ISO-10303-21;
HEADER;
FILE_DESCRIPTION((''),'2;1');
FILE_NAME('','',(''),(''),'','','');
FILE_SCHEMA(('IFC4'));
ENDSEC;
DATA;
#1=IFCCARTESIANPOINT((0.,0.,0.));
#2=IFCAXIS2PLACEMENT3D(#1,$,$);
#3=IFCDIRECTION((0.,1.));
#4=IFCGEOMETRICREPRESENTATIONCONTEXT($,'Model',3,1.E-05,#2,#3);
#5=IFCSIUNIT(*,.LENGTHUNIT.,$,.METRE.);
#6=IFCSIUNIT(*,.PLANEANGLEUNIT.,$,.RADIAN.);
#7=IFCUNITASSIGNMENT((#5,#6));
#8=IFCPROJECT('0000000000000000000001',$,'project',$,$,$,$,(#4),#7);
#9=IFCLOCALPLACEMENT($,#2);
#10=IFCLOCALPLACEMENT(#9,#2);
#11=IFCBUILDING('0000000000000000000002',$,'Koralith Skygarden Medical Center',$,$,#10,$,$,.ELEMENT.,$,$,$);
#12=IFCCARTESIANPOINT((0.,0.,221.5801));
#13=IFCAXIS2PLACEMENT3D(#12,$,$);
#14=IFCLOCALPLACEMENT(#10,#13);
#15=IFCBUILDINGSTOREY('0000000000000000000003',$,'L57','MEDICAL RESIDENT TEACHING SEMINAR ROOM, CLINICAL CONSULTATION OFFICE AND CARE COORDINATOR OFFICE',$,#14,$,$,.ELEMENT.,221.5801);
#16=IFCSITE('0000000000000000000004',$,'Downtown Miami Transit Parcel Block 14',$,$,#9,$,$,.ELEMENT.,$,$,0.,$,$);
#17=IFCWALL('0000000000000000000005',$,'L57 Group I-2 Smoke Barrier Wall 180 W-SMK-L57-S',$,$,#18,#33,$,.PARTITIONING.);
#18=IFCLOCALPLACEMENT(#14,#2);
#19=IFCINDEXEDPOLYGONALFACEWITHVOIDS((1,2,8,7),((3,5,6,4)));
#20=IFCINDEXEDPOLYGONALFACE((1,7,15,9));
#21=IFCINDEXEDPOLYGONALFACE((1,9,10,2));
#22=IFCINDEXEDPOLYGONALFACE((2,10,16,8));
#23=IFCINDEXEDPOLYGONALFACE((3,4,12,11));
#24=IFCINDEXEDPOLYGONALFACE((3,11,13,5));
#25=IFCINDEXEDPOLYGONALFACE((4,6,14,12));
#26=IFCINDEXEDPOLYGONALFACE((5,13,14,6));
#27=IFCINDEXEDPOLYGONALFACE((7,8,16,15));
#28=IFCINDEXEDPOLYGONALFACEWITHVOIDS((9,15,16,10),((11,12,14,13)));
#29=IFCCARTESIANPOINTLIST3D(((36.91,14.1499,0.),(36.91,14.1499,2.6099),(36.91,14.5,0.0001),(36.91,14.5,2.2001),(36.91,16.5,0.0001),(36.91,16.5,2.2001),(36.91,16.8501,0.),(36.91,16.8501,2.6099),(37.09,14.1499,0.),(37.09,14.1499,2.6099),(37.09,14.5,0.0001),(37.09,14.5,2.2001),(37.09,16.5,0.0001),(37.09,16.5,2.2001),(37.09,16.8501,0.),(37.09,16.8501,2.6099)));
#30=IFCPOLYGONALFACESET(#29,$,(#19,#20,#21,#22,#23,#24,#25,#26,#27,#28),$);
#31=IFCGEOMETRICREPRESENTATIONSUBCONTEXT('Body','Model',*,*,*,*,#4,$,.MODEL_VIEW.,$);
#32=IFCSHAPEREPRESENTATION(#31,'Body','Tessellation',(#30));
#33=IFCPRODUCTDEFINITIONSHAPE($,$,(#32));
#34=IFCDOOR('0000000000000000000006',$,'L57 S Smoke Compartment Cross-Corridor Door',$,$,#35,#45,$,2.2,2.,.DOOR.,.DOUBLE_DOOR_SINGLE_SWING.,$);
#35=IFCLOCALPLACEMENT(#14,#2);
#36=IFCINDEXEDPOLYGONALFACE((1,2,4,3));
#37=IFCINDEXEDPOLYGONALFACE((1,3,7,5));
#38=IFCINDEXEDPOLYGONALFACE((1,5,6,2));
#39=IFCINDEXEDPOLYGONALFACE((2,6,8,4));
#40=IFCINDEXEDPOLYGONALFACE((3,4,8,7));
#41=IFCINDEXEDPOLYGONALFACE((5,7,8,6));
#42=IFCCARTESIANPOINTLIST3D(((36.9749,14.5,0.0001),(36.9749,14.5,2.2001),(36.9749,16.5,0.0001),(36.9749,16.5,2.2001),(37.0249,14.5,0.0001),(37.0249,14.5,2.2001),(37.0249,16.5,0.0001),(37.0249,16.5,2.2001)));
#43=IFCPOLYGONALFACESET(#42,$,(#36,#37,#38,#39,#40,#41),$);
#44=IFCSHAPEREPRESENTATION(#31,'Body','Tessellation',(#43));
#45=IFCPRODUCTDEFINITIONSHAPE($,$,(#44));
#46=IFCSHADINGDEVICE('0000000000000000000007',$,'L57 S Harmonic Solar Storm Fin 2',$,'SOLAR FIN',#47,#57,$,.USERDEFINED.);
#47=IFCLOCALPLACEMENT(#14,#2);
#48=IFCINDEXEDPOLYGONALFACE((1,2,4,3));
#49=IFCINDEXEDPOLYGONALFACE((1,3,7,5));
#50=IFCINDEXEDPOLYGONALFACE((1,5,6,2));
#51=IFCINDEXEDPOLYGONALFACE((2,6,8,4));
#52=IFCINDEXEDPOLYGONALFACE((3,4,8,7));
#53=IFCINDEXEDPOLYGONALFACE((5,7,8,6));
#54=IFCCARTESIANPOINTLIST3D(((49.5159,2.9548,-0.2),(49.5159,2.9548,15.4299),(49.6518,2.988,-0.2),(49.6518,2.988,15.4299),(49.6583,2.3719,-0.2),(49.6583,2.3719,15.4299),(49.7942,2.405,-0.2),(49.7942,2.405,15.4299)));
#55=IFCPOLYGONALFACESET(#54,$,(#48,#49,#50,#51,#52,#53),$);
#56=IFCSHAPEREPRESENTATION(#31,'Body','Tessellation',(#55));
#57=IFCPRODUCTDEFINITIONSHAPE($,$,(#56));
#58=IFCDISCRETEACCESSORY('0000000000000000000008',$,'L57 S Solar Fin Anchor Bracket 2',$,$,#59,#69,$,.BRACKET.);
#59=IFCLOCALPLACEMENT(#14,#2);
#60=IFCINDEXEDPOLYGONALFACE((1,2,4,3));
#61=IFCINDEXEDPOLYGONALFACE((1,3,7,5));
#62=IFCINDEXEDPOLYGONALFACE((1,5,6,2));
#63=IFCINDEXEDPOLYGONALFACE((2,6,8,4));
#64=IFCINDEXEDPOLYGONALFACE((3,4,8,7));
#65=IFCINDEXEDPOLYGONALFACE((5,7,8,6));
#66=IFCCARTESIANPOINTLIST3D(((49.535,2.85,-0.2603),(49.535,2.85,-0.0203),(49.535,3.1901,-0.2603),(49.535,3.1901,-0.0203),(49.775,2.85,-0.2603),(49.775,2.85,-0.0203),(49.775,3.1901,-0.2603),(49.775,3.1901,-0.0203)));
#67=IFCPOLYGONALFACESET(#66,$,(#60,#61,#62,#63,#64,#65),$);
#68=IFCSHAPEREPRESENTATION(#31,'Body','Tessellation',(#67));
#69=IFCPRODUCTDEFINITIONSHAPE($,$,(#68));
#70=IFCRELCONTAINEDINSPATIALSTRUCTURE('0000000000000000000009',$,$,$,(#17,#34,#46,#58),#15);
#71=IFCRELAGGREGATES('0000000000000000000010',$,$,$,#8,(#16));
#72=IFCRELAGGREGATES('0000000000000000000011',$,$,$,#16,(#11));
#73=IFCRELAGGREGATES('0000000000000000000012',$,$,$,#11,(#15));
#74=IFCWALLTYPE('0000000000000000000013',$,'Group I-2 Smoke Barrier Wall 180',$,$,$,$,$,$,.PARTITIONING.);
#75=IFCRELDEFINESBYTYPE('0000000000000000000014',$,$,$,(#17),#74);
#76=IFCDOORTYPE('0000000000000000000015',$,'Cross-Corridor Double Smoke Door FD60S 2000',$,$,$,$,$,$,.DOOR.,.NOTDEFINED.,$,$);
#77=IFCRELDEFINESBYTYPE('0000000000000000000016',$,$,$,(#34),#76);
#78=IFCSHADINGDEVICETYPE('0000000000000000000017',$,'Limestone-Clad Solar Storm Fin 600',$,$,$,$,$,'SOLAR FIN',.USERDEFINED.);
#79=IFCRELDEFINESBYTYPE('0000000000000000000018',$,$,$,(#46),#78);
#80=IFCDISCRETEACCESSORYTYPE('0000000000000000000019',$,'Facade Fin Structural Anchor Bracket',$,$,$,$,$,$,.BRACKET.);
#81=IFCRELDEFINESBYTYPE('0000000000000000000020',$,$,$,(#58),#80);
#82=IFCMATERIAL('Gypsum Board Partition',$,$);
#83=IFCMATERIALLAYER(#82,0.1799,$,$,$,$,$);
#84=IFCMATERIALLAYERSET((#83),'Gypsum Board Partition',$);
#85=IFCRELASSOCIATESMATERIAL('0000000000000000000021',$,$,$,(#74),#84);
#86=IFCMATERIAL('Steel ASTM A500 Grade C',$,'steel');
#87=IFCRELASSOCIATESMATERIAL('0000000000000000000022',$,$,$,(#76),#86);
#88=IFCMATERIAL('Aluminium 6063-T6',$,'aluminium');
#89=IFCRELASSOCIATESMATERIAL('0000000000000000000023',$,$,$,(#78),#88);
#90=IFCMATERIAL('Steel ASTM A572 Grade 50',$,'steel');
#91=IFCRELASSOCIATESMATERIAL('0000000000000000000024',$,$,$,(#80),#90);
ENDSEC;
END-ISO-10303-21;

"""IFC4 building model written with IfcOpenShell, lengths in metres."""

from ifc_helpers import new_model, si_unit, direction, frame, frame_2d, origin, origin_2d, place, context, subcontext, project, spatial, rectangle, extrude, material, layer, layer_set, type_object, element, fill, save


model = new_model("IFC4")

# Units and contexts
model_context = context("Model", 3, precision=1e-05, world=origin(), true_north=direction((0.0, 1.0)))
body_context = subcontext(model_context, "Body", "Model", "MODEL_VIEW")
ifc_project = project(units=[si_unit("LENGTHUNIT", "METRE"), si_unit("PLANEANGLEUNIT", "RADIAN")], contexts=[model_context])

# Site, building, storey
site_placement = place(None, origin())
site = spatial("IfcSite", under=ifc_project, at=site_placement, Name="Downtown Miami Transit Parcel Block 14", CompositionType="ELEMENT", RefElevation=0.0)
building_placement = place(site_placement, origin())
building = spatial("IfcBuilding", under=site, at=building_placement, Name="Koralith Skygarden Medical Center", CompositionType="ELEMENT")
storey_placement = place(building_placement, frame((0.0, 0.0, 221.5801)))
storey = spatial("IfcBuildingStorey", under=building, at=storey_placement, Name="L57", Description="MEDICAL RESIDENT TEACHING SEMINAR ROOM, CLINICAL CONSULTATION OFFICE AND CARE COORDINATOR OFFICE", CompositionType="ELEMENT", Elevation=221.5801)

# Shared definitions
ifc_material_1 = material(Name="Aluminium 6063-T6", Category="aluminium")

# Shared definitions
ifc_material_2 = material(Name="Gypsum Board Partition")

# Wall, opening, door
ifc_layer_1 = layer(ifc_material_2, 0.1799)
ifc_layer_set_1 = layer_set([ifc_layer_1], Name="Gypsum Board Partition")
wall_type_1 = type_object("IfcWallType", Name="Group I-2 Smoke Barrier Wall 180", PredefinedType="PARTITIONING", material=ifc_layer_set_1)
wall_1_placement = place(storey_placement, frame((37.0, 14.1499, 0.0), z_axis=(0.0, 0.0, 1.0), x_axis=(0.0, 1.0, 0.0)))
wall_1 = element("IfcWall", 1, at=wall_1_placement, inside=storey, type_object=wall_type_1, Name="L57 Group I-2 Smoke Barrier Wall 180 W-SMK-L57-S", PredefinedType="PARTITIONING", context=body_context, shape_type="SweptSolid", body=[
    extrude(rectangle(XDim=2.7002, YDim=0.1799, at=frame_2d((1.3501, 0.0))), origin(), (0.0, 0.0, 1.0), 2.6099),
])
opening_1_placement = place(wall_1_placement, frame((0.3501, 0.0, 0.0)))
opening_1 = element("IfcOpeningElement", 2, at=opening_1_placement, cuts=wall_1, PredefinedType="OPENING", context=body_context, shape_type="SweptSolid", body=[
    extrude(rectangle(XDim=2.0, YDim=2.2, at=frame_2d((1.0, 1.1001))), frame((0.0, 0.0999, 0.0), z_axis=(0.0, -1.0, 0.0), x_axis=(1.0, 0.0, 0.0)), (0.0, 0.0, 1.0), 0.2),
])
ifc_material_3 = material(Name="Steel ASTM A500 Grade C", Category="steel")
door_type_1 = type_object("IfcDoorType", Name="Cross-Corridor Double Smoke Door FD60S 2000", OperationType="NOTDEFINED", PredefinedType="DOOR", material=ifc_material_3)
door_1_placement = place(opening_1_placement, frame((2.0, 0.0, 0.0), z_axis=(0.0, 0.0, 1.0), x_axis=(-1.0, 0.0, 0.0)))
door_1 = element("IfcDoor", 3, at=door_1_placement, inside=storey, type_object=door_type_1, Name="L57 S Smoke Compartment Cross-Corridor Door", OperationType="DOUBLE_DOOR_SINGLE_SWING", OverallHeight=2.2, OverallWidth=2.0, PredefinedType="DOOR", context=body_context, shape_type="SweptSolid", body=[
    extrude(rectangle(XDim=2.0, YDim=2.2, at=frame_2d((1.0, 1.1001))), frame((0.0, 0.0249, 0.0), z_axis=(0.0, -1.0, 0.0), x_axis=(1.0, 0.0, 0.0)), (0.0, 0.0, 1.0), 0.05),
])
fill(opening_1, door_1)

# Shading device
shading_device_type = type_object("IfcShadingDeviceType", Name="Limestone-Clad Solar Storm Fin 600", ElementType="SOLAR FIN", PredefinedType="USERDEFINED", material=ifc_material_1)
shading_device_placement = place(storey_placement, frame((49.655, 2.6799, -0.2), z_axis=(0.0, 0.0, 1.0), x_axis=(0.237245, -0.97145, 0.0)))
element("IfcShadingDevice", 4, at=shading_device_placement, inside=storey, type_object=shading_device_type, Name="L57 S Harmonic Solar Storm Fin 2", ObjectType="SOLAR FIN", PredefinedType="USERDEFINED", context=body_context, shape_type="SweptSolid", body=[
    extrude(rectangle(XDim=0.6001, YDim=0.1399, at=origin_2d()), origin(), (0.0, 0.0, 1.0), 15.6299),
])

# Discrete accessory
ifc_material_4 = material(Name="Steel ASTM A572 Grade 50", Category="steel")
discrete_accessory_type = type_object("IfcDiscreteAccessoryType", Name="Facade Fin Structural Anchor Bracket", PredefinedType="BRACKET", material=ifc_material_4)
discrete_accessory_placement = place(storey_placement, frame((49.655, 3.02, -0.2603), z_axis=(0.0, 0.0, 1.0), x_axis=(0.0, -1.0, 0.0)))
element("IfcDiscreteAccessory", 5, at=discrete_accessory_placement, inside=storey, type_object=discrete_accessory_type, Name="L57 S Solar Fin Anchor Bracket 2", PredefinedType="BRACKET", context=body_context, shape_type="SweptSolid", body=[
    extrude(rectangle(XDim=0.3401, YDim=0.24, at=origin_2d()), origin(), (0.0, 0.0, 1.0), 0.24),
])

save(model, "model.ifc")
